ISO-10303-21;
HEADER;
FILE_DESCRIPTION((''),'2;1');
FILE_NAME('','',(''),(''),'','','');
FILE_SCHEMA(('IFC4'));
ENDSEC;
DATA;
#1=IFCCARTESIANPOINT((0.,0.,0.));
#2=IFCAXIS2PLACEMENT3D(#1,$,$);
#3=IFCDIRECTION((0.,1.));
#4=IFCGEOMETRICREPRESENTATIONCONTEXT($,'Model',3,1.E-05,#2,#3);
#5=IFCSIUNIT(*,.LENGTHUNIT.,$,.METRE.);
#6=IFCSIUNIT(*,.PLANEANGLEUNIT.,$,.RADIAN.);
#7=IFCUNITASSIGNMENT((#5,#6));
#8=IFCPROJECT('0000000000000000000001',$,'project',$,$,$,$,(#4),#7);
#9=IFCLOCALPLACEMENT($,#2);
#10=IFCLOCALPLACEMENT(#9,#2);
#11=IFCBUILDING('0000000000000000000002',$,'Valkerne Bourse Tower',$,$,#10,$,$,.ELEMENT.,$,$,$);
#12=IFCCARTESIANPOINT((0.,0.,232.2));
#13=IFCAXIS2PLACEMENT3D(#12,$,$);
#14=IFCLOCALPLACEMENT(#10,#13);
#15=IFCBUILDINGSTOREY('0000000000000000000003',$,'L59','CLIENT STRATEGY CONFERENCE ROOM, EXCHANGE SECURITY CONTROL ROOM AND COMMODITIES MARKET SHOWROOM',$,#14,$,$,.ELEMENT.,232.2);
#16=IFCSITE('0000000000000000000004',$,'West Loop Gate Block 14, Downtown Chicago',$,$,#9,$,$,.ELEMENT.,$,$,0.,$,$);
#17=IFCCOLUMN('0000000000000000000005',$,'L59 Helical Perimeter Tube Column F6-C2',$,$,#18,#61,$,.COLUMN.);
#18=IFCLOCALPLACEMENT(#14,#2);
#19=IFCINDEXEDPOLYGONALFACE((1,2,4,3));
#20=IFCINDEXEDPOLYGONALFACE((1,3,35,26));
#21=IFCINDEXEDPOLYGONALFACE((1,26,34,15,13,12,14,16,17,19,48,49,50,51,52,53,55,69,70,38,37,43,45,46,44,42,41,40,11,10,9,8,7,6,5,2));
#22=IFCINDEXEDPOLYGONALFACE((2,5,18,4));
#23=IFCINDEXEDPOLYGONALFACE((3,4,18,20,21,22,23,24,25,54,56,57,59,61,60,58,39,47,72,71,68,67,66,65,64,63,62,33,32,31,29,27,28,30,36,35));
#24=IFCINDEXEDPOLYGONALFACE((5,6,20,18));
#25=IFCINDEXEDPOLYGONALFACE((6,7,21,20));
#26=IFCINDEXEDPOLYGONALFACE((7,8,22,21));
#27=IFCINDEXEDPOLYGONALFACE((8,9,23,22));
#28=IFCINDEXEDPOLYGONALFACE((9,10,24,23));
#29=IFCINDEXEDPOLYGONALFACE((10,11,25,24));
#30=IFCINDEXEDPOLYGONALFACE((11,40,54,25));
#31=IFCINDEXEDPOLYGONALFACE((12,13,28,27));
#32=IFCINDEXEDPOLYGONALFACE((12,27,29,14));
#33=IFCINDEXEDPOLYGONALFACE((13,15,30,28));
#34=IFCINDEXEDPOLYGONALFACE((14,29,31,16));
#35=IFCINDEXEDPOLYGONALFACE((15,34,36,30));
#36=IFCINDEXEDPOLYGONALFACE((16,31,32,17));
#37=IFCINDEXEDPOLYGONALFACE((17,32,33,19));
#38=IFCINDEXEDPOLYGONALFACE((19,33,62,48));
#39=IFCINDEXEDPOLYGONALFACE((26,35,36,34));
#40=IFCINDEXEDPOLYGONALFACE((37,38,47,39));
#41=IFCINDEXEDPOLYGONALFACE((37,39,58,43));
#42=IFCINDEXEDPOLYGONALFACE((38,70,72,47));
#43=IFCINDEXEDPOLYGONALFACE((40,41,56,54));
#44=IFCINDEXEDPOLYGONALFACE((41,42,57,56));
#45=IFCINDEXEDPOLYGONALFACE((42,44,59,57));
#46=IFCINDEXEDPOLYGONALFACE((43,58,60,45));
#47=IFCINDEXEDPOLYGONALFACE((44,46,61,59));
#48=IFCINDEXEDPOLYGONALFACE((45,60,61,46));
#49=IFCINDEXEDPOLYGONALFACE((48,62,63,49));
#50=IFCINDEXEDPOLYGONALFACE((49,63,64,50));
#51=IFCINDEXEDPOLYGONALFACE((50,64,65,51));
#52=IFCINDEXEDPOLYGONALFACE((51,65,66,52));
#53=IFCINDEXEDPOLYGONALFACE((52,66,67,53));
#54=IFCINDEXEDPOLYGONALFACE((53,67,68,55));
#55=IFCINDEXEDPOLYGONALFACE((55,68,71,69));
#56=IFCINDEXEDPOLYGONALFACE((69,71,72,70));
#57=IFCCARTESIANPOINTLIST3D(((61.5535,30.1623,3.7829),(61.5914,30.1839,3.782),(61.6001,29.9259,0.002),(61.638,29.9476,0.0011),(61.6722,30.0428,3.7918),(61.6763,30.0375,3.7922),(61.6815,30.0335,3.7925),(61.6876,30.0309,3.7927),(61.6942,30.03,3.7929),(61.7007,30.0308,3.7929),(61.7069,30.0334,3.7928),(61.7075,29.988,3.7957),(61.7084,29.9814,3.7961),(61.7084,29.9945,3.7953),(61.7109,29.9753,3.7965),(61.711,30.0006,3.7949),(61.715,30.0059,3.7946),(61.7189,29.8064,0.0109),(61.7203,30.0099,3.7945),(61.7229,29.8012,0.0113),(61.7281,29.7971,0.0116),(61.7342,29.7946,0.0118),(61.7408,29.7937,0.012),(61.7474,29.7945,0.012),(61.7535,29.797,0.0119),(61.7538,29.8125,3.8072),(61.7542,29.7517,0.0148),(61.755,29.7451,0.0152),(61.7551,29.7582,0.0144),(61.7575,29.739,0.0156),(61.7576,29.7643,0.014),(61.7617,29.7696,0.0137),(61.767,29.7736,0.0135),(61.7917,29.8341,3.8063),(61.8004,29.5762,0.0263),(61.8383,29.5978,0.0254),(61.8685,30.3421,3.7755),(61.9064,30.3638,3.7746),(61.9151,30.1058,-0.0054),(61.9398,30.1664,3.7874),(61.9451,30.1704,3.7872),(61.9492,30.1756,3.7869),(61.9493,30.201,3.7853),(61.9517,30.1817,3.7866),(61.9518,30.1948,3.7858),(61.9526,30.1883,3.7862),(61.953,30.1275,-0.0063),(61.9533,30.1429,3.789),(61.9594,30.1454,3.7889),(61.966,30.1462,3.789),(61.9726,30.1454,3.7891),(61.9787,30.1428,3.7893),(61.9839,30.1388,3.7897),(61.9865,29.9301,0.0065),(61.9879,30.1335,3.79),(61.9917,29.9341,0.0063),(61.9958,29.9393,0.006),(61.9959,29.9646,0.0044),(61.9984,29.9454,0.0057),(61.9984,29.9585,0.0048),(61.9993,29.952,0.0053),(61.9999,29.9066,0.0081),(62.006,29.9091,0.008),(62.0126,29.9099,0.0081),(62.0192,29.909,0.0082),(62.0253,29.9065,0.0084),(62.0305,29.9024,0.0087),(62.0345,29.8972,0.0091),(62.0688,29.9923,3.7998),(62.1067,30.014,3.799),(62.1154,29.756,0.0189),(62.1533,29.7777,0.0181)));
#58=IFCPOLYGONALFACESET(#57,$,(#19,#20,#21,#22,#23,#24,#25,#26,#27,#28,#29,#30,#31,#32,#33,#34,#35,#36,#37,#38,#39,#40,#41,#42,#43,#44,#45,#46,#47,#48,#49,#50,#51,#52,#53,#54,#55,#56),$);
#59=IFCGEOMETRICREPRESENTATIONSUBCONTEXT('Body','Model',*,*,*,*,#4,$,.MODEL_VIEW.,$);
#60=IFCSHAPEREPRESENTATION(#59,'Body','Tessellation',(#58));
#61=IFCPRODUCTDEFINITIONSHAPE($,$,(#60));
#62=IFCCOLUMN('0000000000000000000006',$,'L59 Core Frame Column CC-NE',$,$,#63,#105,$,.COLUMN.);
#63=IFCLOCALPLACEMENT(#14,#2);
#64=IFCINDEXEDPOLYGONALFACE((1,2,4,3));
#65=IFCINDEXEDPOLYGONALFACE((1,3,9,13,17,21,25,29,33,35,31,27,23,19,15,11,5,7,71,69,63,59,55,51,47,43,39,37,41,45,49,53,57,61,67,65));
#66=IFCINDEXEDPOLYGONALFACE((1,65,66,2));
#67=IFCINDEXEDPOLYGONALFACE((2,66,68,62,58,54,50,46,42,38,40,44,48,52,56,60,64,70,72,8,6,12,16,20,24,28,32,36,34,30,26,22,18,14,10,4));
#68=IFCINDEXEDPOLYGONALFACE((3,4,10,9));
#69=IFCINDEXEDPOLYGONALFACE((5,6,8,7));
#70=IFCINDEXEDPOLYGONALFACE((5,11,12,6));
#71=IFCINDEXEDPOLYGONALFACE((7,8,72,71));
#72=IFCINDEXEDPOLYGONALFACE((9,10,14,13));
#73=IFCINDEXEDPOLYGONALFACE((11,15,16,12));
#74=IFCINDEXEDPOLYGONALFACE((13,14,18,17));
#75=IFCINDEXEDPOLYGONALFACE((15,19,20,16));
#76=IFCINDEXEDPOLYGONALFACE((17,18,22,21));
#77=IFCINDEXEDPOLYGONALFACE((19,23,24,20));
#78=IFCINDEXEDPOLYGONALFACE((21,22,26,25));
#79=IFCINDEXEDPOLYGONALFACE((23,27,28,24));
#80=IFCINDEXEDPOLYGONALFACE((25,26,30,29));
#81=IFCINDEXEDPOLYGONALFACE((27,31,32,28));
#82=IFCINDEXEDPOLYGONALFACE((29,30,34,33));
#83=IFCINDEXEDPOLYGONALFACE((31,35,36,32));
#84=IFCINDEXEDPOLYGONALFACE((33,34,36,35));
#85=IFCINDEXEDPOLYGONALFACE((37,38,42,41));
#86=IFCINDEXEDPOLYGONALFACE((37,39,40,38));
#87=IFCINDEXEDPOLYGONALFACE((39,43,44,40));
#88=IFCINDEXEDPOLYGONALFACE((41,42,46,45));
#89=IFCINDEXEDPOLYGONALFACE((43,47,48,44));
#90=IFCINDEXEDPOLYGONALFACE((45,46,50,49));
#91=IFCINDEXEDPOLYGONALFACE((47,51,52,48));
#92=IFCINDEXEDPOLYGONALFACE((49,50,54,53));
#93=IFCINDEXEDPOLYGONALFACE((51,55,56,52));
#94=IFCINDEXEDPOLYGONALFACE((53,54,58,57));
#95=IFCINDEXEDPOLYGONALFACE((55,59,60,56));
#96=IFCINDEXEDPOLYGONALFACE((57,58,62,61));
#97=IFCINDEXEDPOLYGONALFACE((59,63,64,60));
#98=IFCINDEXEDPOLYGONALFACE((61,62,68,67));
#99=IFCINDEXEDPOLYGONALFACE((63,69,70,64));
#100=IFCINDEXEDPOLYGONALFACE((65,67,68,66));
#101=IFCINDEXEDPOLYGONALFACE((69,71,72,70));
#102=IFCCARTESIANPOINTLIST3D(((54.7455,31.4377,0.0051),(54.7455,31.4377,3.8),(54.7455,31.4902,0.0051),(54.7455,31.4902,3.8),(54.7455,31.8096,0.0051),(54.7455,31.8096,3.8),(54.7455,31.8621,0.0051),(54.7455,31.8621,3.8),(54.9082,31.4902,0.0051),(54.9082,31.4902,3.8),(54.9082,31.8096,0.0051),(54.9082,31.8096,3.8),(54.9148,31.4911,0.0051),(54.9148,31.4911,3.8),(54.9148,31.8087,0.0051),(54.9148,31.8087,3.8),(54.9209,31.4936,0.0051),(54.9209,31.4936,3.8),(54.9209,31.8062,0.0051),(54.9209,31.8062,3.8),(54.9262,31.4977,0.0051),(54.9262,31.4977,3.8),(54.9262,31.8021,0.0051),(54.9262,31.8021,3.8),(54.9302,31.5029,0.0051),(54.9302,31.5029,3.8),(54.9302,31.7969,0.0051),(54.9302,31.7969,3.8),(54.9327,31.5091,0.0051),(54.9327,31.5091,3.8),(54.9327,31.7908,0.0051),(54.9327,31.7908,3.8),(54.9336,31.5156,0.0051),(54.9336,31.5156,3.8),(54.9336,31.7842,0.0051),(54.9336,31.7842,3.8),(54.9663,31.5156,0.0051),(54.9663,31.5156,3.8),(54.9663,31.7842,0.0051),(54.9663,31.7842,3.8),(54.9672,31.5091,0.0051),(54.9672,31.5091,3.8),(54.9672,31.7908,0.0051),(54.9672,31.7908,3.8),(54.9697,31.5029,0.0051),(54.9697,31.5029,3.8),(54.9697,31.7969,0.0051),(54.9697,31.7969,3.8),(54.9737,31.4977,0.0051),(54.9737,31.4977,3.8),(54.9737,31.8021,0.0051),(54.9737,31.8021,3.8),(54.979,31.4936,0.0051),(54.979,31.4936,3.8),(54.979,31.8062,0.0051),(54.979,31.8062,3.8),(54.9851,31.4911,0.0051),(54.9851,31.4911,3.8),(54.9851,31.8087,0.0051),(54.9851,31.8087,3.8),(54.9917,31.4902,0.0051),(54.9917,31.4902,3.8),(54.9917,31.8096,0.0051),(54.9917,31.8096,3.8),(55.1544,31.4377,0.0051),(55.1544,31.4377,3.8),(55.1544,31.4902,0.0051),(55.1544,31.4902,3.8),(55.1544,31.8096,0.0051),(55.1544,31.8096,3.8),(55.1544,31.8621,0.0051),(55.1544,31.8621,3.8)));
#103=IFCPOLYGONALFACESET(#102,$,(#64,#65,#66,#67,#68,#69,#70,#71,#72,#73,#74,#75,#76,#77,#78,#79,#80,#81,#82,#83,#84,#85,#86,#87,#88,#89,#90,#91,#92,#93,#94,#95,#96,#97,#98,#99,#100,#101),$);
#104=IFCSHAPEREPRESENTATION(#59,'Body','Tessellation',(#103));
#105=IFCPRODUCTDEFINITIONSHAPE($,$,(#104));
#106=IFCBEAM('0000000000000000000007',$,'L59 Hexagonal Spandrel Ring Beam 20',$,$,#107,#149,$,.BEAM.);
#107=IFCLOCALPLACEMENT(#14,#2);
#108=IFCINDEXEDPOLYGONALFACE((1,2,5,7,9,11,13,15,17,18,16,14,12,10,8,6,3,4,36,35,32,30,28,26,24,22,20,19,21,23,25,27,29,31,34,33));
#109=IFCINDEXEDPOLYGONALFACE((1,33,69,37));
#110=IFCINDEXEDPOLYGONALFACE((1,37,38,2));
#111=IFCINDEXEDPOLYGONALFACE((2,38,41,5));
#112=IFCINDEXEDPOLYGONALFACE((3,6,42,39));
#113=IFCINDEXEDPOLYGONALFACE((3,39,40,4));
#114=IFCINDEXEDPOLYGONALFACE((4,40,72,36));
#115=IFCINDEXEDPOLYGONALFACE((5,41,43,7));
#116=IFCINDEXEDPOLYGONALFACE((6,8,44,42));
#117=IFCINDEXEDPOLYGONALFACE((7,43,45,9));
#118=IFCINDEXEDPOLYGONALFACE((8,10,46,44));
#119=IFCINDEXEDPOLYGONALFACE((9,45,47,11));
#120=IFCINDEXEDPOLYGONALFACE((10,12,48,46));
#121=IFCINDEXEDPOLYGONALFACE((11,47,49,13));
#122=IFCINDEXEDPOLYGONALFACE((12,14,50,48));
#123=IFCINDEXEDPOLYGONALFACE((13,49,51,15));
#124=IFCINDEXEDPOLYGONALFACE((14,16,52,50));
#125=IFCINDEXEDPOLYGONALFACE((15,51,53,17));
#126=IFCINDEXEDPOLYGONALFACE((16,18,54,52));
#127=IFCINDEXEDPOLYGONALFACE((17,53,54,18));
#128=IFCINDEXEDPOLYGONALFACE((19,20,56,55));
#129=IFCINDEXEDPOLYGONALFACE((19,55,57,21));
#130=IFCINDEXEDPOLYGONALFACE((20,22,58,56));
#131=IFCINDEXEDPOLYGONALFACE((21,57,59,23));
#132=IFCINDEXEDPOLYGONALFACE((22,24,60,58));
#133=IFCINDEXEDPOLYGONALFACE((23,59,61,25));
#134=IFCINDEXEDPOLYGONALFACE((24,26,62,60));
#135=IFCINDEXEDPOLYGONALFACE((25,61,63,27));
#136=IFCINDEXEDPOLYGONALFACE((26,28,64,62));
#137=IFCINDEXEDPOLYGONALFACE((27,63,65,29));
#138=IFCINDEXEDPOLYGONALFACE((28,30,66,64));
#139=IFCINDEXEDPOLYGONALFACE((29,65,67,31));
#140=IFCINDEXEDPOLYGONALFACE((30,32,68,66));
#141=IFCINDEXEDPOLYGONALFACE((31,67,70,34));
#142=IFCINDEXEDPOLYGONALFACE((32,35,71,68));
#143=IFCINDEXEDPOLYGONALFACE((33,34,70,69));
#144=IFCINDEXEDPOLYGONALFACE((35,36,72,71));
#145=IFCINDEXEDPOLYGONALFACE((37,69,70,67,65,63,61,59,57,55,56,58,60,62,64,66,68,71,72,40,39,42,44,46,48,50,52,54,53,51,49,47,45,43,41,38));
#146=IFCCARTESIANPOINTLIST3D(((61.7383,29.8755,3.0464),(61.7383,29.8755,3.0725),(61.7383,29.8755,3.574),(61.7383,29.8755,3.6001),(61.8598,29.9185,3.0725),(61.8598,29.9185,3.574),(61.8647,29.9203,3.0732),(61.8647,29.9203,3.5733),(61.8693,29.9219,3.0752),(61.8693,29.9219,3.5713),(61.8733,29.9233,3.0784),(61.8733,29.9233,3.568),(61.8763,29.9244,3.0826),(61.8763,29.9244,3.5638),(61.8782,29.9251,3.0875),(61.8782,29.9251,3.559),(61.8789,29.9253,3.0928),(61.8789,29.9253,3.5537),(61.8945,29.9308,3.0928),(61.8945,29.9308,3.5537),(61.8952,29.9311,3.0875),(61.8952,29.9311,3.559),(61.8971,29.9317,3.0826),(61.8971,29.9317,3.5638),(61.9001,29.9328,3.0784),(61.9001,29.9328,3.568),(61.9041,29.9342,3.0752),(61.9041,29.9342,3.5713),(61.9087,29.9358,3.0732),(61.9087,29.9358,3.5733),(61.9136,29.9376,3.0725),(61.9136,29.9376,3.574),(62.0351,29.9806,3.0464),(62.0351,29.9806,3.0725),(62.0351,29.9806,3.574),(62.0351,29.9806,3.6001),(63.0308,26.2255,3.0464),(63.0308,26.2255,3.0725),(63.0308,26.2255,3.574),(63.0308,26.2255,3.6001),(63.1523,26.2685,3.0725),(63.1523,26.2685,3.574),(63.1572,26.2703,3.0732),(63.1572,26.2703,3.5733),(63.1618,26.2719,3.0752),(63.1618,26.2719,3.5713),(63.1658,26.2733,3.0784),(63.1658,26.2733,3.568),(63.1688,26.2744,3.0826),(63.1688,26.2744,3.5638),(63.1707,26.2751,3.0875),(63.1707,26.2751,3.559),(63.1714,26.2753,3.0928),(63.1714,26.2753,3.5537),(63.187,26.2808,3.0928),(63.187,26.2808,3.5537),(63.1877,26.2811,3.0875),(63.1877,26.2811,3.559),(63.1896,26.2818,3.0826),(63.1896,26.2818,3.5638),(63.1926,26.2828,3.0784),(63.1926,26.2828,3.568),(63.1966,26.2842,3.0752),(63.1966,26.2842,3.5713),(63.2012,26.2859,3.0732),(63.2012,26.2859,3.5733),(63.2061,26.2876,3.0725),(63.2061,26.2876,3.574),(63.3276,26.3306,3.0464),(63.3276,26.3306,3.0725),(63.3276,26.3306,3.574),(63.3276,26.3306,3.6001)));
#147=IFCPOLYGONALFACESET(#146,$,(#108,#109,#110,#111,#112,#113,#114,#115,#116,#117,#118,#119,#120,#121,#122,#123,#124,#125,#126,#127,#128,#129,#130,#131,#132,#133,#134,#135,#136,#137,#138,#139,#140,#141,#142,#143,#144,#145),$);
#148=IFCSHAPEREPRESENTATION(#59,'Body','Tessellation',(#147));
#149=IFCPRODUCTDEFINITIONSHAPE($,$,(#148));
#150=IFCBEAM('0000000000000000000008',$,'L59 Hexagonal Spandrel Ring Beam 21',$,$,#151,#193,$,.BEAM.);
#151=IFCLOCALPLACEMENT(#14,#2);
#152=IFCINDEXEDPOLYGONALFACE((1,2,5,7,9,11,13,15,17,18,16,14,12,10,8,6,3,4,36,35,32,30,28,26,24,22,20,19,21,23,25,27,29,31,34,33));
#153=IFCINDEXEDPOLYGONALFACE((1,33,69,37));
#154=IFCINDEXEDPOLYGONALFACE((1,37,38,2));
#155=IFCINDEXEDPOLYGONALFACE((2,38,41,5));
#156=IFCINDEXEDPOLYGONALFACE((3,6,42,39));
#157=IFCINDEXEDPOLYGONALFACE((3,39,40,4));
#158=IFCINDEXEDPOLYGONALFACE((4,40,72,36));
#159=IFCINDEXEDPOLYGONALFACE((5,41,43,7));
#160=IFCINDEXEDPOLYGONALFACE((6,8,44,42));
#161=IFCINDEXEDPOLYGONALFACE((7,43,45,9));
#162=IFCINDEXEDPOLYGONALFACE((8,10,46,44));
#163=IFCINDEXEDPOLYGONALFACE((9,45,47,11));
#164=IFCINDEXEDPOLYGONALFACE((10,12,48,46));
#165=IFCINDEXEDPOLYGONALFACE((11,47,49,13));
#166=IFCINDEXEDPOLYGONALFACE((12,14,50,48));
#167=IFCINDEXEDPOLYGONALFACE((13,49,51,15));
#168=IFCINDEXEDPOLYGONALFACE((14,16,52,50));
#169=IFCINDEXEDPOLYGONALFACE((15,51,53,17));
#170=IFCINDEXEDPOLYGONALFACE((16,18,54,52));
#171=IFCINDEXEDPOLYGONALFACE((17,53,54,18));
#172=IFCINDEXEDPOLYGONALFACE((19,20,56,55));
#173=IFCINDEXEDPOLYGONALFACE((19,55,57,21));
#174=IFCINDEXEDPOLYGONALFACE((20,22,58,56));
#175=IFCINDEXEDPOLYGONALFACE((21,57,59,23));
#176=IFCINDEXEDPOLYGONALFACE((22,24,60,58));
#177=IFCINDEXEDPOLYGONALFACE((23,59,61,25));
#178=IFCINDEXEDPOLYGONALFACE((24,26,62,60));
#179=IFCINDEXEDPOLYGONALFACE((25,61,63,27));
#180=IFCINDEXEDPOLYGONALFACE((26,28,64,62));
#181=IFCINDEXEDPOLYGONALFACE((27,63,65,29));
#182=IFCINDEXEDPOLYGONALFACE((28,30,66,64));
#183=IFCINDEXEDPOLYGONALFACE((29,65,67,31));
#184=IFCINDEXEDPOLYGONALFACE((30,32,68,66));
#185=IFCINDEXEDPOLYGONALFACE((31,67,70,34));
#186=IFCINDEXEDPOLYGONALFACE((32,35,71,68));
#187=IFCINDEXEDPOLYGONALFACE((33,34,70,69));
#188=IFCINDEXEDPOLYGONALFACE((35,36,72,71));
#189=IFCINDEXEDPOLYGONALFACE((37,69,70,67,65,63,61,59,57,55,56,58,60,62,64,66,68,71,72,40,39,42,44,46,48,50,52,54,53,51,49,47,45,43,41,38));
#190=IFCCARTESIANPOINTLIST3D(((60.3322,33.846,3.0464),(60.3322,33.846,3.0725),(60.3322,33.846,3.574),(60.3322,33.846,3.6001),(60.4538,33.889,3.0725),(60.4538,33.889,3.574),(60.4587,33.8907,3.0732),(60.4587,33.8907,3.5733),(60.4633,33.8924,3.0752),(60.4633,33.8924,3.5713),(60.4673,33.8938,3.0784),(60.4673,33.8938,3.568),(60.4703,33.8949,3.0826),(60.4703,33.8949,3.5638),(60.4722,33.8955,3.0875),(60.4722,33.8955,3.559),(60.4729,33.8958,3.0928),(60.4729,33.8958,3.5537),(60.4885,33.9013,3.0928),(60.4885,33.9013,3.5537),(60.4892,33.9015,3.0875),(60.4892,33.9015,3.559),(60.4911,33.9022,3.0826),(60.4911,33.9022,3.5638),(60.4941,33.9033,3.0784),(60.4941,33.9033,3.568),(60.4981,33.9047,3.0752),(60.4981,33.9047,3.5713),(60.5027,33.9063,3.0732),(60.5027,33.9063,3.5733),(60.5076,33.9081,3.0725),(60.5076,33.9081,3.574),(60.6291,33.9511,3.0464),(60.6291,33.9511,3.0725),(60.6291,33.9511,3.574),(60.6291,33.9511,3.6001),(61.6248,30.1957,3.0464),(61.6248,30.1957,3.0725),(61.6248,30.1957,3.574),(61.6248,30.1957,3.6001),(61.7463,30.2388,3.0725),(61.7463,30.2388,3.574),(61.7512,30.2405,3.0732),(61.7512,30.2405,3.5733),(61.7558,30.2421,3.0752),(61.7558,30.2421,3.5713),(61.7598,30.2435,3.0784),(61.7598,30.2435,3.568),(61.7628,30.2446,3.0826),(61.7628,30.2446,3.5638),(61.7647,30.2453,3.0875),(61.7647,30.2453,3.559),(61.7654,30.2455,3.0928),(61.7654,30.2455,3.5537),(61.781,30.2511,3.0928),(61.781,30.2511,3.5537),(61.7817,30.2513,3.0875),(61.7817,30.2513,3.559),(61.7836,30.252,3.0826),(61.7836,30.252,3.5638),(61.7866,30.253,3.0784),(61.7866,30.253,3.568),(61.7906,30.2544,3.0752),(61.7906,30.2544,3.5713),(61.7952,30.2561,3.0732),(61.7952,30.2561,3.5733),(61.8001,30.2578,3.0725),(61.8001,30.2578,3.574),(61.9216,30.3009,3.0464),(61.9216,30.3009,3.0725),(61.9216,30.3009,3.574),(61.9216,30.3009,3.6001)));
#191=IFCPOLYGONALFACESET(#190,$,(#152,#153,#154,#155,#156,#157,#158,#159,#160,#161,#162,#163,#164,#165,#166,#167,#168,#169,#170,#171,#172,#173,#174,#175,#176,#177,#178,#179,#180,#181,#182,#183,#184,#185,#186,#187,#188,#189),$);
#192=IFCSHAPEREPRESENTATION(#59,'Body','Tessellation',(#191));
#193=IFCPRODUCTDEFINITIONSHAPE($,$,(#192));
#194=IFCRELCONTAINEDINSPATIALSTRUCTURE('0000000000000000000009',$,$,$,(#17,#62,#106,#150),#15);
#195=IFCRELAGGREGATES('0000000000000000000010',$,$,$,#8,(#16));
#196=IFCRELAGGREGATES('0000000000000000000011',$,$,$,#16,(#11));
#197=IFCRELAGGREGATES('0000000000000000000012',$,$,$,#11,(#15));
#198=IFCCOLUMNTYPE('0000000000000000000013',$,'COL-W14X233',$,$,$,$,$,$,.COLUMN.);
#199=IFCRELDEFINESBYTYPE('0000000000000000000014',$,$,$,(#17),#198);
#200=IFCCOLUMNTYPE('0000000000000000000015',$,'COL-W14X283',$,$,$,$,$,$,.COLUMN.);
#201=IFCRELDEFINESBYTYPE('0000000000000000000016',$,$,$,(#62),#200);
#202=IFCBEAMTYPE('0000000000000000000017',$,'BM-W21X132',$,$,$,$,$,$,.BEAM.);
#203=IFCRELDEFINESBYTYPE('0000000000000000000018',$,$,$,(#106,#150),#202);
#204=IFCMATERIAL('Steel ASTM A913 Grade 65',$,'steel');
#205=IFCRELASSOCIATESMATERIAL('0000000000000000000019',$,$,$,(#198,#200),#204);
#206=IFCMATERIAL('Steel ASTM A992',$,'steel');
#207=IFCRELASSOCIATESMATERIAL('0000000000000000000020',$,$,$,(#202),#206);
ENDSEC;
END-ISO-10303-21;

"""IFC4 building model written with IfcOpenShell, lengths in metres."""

from ifc_helpers import new_model, si_unit, direction, frame, origin, origin_2d, place, context, subcontext, project, spatial, i_section, extrude, material, material_profile, profile_set, type_object, element, save


model = new_model("IFC4")

# Units and contexts
model_context = context("Model", 3, precision=1e-05, world=origin(), true_north=direction((0.0, 1.0)))
body_context = subcontext(model_context, "Body", "Model", "MODEL_VIEW")
ifc_project = project(units=[si_unit("LENGTHUNIT", "METRE"), si_unit("PLANEANGLEUNIT", "RADIAN")], contexts=[model_context])

# Site, building, storey
site_placement = place(None, origin())
site = spatial("IfcSite", under=ifc_project, at=site_placement, Name="West Loop Gate Block 14, Downtown Chicago", CompositionType="ELEMENT", RefElevation=0.0)
building_placement = place(site_placement, origin())
building = spatial("IfcBuilding", under=site, at=building_placement, Name="Valkerne Bourse Tower", CompositionType="ELEMENT")
storey_placement = place(building_placement, frame((0.0, 0.0, 232.2)))
storey = spatial("IfcBuildingStorey", under=building, at=storey_placement, Name="L59", Description="CLIENT STRATEGY CONFERENCE ROOM, EXCHANGE SECURITY CONTROL ROOM AND COMMODITIES MARKET SHOWROOM", CompositionType="ELEMENT", Elevation=232.2)

# Columns
ifc_material_1 = material(Name="Steel ASTM A913 Grade 65", Category="steel")
ifc_material_profile_1 = material_profile(ifc_material_1, i_section(OverallWidth=0.4038, OverallDepth=0.4065, WebThickness=0.0271, FlangeThickness=0.0437, FilletRadius=0.0254, at=origin_2d()), Name="W14X233")
ifc_profile_set_1 = profile_set([ifc_material_profile_1], Name="Steel ASTM A913 Grade 65")
column_type_1 = type_object("IfcColumnType", Name="COL-W14X233", PredefinedType="COLUMN", material=ifc_profile_set_1)
column_1_placement = place(storey_placement, frame((61.8767, 29.8518, 0.01), z_axis=(-0.012308, 0.062378, 0.997977), x_axis=(0.496025, -0.866215, 0.060259)))
element("IfcColumn", 1, at=column_1_placement, inside=storey, type_object=column_type_1, Name="L59 Helical Perimeter Tube Column F6-C2", PredefinedType="COLUMN", context=body_context, shape_type="SweptSolid", body=[
    extrude(i_section(OverallWidth=0.4038, OverallDepth=0.4065, WebThickness=0.0271, FlangeThickness=0.0437, FilletRadius=0.0254, at=origin_2d()), origin(), (0.0, 0.0, 1.0), 3.7886),
])
ifc_material_profile_2 = material_profile(ifc_material_1, i_section(OverallWidth=0.4089, OverallDepth=0.4243, WebThickness=0.0327, FlangeThickness=0.0525, FilletRadius=0.0254, at=origin_2d()), Name="W14X283")
ifc_profile_set_2 = profile_set([ifc_material_profile_2], Name="Steel ASTM A913 Grade 65")
column_type_2 = type_object("IfcColumnType", Name="COL-W14X283", PredefinedType="COLUMN", material=ifc_profile_set_2)
column_2_placement = place(storey_placement, frame((54.95, 31.6499, 0.0051), z_axis=(0.0, 0.0, 1.0), x_axis=(1.0, 0.0, 0.0)))
element("IfcColumn", 2, at=column_2_placement, inside=storey, type_object=column_type_2, Name="L59 Core Frame Column CC-NE", PredefinedType="COLUMN", context=body_context, shape_type="SweptSolid", body=[
    extrude(i_section(OverallWidth=0.4089, OverallDepth=0.4243, WebThickness=0.0327, FlangeThickness=0.0525, FilletRadius=0.0254, at=origin_2d()), origin(), (0.0, 0.0, 1.0), 3.7949),
])

# Beams
ifc_material_2 = material(Name="Steel ASTM A992", Category="steel")
ifc_material_profile_3 = material_profile(ifc_material_2, i_section(OverallWidth=0.3149, OverallDepth=0.5537, WebThickness=0.0166, FlangeThickness=0.0261, FilletRadius=0.0203, at=origin_2d()), Name="W21X132")
ifc_profile_set_3 = profile_set([ifc_material_profile_3], Name="Steel ASTM A992")
beam_type_1 = type_object("IfcBeamType", Name="BM-W21X132", PredefinedType="BEAM", material=ifc_profile_set_3)
beam_1_placement = place(storey_placement, frame((63.1792, 26.2781, 3.3232), z_axis=(-0.333803, 0.942643, 0.0), x_axis=(-0.942643, -0.333803, 0.0)))
element("IfcBeam", 3, at=beam_1_placement, inside=storey, type_object=beam_type_1, Name="L59 Hexagonal Spandrel Ring Beam 20", PredefinedType="BEAM", context=body_context, shape_type="SweptSolid", body=[
    extrude(i_section(OverallWidth=0.3149, OverallDepth=0.5537, WebThickness=0.0166, FlangeThickness=0.0261, FilletRadius=0.0203, at=origin_2d()), origin(), (0.0, 0.0, 1.0), 3.8721),
])
beam_2_placement = place(storey_placement, frame((61.7732, 30.2483, 3.3232), z_axis=(-0.333783, 0.94265, 0.0), x_axis=(-0.94265, -0.333783, 0.0)))
element("IfcBeam", 4, at=beam_2_placement, inside=storey, type_object=beam_type_1, Name="L59 Hexagonal Spandrel Ring Beam 21", PredefinedType="BEAM", context=body_context, shape_type="SweptSolid", body=[
    extrude(i_section(OverallWidth=0.3149, OverallDepth=0.5537, WebThickness=0.0166, FlangeThickness=0.0261, FilletRadius=0.0203, at=origin_2d()), origin(), (0.0, 0.0, 1.0), 3.8723),
])

save(model, "model.ifc")
